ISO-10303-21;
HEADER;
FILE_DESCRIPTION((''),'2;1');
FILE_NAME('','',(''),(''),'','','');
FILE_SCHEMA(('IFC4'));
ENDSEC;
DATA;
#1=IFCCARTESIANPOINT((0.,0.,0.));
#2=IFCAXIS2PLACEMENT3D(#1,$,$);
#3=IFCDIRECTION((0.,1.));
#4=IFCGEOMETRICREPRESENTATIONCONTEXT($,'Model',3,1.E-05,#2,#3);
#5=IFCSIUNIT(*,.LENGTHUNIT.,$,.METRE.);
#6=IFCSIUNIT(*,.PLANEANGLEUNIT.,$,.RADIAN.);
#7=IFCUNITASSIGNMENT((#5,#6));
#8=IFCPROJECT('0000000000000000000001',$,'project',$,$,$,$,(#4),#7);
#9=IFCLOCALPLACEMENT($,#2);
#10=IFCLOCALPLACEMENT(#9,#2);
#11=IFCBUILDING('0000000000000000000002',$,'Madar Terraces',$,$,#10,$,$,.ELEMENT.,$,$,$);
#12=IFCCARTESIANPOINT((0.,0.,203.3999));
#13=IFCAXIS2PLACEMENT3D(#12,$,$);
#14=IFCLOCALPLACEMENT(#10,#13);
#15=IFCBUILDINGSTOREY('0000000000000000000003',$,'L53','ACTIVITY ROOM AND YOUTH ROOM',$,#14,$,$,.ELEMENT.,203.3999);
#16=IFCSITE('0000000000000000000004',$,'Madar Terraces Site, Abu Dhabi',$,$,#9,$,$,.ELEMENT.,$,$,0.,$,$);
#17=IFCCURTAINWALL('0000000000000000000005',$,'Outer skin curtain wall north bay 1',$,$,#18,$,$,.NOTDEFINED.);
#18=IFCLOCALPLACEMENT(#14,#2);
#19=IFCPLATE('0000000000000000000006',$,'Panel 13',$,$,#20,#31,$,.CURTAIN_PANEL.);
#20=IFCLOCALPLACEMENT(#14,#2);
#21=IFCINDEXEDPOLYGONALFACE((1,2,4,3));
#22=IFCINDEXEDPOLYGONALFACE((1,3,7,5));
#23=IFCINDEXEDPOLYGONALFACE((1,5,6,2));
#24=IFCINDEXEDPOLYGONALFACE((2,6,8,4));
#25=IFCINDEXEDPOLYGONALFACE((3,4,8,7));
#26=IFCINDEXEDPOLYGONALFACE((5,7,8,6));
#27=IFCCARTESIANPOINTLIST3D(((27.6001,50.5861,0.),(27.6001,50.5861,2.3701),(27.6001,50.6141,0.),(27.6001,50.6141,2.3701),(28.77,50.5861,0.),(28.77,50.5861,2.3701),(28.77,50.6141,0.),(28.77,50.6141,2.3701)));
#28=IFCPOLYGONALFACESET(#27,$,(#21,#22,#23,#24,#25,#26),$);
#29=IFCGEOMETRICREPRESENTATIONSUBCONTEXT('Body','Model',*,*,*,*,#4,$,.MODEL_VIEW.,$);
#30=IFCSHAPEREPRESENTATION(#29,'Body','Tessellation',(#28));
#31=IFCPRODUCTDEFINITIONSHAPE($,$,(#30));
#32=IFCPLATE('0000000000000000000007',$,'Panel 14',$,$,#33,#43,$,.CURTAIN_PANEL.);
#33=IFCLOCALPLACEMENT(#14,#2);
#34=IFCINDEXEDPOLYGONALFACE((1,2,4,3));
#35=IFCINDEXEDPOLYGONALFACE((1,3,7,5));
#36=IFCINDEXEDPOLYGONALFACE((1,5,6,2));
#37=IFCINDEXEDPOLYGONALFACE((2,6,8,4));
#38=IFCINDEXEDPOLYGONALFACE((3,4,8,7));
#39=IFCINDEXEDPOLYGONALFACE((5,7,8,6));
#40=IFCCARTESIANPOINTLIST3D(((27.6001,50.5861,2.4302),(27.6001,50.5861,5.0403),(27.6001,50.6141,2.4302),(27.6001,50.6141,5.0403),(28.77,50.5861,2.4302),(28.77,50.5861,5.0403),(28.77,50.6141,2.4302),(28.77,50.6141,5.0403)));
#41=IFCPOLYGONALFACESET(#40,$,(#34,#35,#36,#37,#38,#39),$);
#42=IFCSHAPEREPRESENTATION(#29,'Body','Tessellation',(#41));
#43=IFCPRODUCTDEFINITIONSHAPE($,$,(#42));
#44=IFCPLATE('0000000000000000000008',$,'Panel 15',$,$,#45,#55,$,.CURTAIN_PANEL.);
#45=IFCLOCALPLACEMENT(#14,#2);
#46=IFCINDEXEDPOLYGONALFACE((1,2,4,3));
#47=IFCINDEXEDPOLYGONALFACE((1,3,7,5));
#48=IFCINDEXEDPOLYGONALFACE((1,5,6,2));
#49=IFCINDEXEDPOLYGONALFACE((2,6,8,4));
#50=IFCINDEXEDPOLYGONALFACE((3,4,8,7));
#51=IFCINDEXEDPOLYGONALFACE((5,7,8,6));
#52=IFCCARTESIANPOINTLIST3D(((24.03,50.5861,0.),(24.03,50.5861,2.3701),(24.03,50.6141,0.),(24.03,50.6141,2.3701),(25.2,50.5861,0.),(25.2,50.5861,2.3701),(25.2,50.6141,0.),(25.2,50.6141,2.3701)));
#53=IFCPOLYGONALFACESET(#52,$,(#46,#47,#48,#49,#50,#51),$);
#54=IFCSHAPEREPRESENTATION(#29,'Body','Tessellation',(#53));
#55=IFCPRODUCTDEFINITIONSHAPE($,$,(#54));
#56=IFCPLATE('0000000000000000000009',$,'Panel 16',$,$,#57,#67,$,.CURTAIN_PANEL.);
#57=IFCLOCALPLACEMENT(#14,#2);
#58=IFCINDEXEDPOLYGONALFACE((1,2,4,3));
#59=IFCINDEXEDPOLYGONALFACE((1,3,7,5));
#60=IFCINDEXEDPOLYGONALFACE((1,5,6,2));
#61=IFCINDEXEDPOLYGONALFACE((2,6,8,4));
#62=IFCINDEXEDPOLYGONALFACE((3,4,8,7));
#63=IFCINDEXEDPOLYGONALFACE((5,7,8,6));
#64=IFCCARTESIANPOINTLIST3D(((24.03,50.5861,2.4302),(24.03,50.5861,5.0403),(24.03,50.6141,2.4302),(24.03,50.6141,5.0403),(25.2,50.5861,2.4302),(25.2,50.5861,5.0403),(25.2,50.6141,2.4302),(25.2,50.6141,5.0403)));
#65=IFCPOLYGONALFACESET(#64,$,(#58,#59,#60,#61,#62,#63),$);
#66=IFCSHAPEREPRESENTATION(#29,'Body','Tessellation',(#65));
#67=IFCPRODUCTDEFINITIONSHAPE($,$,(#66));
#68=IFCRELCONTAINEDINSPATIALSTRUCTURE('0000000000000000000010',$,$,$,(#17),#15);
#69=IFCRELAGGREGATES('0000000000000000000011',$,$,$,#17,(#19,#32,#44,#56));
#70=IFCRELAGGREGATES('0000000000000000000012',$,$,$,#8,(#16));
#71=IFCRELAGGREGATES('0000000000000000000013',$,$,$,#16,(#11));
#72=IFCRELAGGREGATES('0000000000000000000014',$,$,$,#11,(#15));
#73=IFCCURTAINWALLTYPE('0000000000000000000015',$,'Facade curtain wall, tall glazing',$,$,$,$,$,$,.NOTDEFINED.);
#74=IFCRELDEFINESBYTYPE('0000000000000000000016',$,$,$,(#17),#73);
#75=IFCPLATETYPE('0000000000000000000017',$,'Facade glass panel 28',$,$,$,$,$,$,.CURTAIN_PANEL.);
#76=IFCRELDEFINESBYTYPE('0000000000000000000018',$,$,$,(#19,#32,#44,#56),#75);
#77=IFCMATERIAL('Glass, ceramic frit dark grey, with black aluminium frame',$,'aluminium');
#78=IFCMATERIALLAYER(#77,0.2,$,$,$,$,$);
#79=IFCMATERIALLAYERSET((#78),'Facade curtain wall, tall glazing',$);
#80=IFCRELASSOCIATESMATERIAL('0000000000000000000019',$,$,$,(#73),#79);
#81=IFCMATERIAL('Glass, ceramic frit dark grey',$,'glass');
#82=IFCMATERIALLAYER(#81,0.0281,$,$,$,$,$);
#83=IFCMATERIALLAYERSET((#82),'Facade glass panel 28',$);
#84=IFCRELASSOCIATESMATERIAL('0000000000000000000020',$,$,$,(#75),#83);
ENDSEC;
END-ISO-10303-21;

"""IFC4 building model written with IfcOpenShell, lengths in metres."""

from ifc_helpers import new_model, si_unit, direction, frame, origin, origin_2d, place, context, subcontext, project, spatial, rectangle, extrude, material, layer, layer_set, type_object, element, aggregate, save


model = new_model("IFC4")

# Units and contexts
model_context = context("Model", 3, precision=1e-05, world=origin(), true_north=direction((0.0, 1.0)))
body_context = subcontext(model_context, "Body", "Model", "MODEL_VIEW")
ifc_project = project(units=[si_unit("LENGTHUNIT", "METRE"), si_unit("PLANEANGLEUNIT", "RADIAN")], contexts=[model_context])

# Site, building, storey
site_placement = place(None, origin())
site = spatial("IfcSite", under=ifc_project, at=site_placement, Name="Madar Terraces Site, Abu Dhabi", CompositionType="ELEMENT", RefElevation=0.0)
building_placement = place(site_placement, origin())
building = spatial("IfcBuilding", under=site, at=building_placement, Name="Madar Terraces", CompositionType="ELEMENT")
storey_placement = place(building_placement, frame((0.0, 0.0, 203.3999)))
storey = spatial("IfcBuildingStorey", under=building, at=storey_placement, Name="L53", Description="ACTIVITY ROOM AND YOUTH ROOM", CompositionType="ELEMENT", Elevation=203.3999)

# Curtain wall
ifc_material_1 = material(Name="Glass, ceramic frit dark grey, with black aluminium frame", Category="aluminium")
ifc_layer_1 = layer(ifc_material_1, 0.2)
ifc_layer_set_1 = layer_set([ifc_layer_1], Name="Facade curtain wall, tall glazing")
curtain_wall_type = type_object("IfcCurtainWallType", Name="Facade curtain wall, tall glazing", PredefinedType="NOTDEFINED", material=ifc_layer_set_1)
curtain_wall_placement = place(storey_placement, origin())
curtain_wall = element("IfcCurtainWall", 1, at=curtain_wall_placement, inside=storey, type_object=curtain_wall_type, Name="Outer skin curtain wall north bay 1", PredefinedType="NOTDEFINED")

# Plates
ifc_material_2 = material(Name="Glass, ceramic frit dark grey", Category="glass")
ifc_layer_2 = layer(ifc_material_2, 0.0281)
ifc_layer_set_2 = layer_set([ifc_layer_2], Name="Facade glass panel 28")
plate_type = type_object("IfcPlateType", Name="Facade glass panel 28", PredefinedType="CURTAIN_PANEL", material=ifc_layer_set_2)
plate_1_placement = place(storey_placement, frame((28.1851, 50.6001, 0.0), z_axis=(0.0, 0.0, 1.0), x_axis=(-1.0, 0.0, 0.0)))
plate_1 = element("IfcPlate", 2, at=plate_1_placement, type_object=plate_type, Name="Panel 13", PredefinedType="CURTAIN_PANEL", context=body_context, shape_type="SweptSolid", body=[
    extrude(rectangle(XDim=1.1699, YDim=0.0281, at=origin_2d()), origin(), (0.0, 0.0, 1.0), 2.3701),
])
plate_2_placement = place(storey_placement, frame((28.1851, 50.6001, 2.4302), z_axis=(0.0, 0.0, 1.0), x_axis=(-1.0, 0.0, 0.0)))
plate_2 = element("IfcPlate", 3, at=plate_2_placement, type_object=plate_type, Name="Panel 14", PredefinedType="CURTAIN_PANEL", context=body_context, shape_type="SweptSolid", body=[
    extrude(rectangle(XDim=1.1699, YDim=0.0281, at=origin_2d()), origin(), (0.0, 0.0, 1.0), 2.6101),
])
plate_3_placement = place(storey_placement, frame((24.615, 50.6001, 0.0), z_axis=(0.0, 0.0, 1.0), x_axis=(-1.0, 0.0, 0.0)))
plate_3 = element("IfcPlate", 4, at=plate_3_placement, type_object=plate_type, Name="Panel 15", PredefinedType="CURTAIN_PANEL", context=body_context, shape_type="SweptSolid", body=[
    extrude(rectangle(XDim=1.1699, YDim=0.0281, at=origin_2d()), origin(), (0.0, 0.0, 1.0), 2.3701),
])
plate_4_placement = place(storey_placement, frame((24.615, 50.6001, 2.4302), z_axis=(0.0, 0.0, 1.0), x_axis=(-1.0, 0.0, 0.0)))
plate_4 = element("IfcPlate", 5, at=plate_4_placement, type_object=plate_type, Name="Panel 16", PredefinedType="CURTAIN_PANEL", context=body_context, shape_type="SweptSolid", body=[
    extrude(rectangle(XDim=1.1699, YDim=0.0281, at=origin_2d()), origin(), (0.0, 0.0, 1.0), 2.6101),
])
aggregate(curtain_wall, [plate_1, plate_2, plate_3, plate_4])

save(model, "model.ifc")
